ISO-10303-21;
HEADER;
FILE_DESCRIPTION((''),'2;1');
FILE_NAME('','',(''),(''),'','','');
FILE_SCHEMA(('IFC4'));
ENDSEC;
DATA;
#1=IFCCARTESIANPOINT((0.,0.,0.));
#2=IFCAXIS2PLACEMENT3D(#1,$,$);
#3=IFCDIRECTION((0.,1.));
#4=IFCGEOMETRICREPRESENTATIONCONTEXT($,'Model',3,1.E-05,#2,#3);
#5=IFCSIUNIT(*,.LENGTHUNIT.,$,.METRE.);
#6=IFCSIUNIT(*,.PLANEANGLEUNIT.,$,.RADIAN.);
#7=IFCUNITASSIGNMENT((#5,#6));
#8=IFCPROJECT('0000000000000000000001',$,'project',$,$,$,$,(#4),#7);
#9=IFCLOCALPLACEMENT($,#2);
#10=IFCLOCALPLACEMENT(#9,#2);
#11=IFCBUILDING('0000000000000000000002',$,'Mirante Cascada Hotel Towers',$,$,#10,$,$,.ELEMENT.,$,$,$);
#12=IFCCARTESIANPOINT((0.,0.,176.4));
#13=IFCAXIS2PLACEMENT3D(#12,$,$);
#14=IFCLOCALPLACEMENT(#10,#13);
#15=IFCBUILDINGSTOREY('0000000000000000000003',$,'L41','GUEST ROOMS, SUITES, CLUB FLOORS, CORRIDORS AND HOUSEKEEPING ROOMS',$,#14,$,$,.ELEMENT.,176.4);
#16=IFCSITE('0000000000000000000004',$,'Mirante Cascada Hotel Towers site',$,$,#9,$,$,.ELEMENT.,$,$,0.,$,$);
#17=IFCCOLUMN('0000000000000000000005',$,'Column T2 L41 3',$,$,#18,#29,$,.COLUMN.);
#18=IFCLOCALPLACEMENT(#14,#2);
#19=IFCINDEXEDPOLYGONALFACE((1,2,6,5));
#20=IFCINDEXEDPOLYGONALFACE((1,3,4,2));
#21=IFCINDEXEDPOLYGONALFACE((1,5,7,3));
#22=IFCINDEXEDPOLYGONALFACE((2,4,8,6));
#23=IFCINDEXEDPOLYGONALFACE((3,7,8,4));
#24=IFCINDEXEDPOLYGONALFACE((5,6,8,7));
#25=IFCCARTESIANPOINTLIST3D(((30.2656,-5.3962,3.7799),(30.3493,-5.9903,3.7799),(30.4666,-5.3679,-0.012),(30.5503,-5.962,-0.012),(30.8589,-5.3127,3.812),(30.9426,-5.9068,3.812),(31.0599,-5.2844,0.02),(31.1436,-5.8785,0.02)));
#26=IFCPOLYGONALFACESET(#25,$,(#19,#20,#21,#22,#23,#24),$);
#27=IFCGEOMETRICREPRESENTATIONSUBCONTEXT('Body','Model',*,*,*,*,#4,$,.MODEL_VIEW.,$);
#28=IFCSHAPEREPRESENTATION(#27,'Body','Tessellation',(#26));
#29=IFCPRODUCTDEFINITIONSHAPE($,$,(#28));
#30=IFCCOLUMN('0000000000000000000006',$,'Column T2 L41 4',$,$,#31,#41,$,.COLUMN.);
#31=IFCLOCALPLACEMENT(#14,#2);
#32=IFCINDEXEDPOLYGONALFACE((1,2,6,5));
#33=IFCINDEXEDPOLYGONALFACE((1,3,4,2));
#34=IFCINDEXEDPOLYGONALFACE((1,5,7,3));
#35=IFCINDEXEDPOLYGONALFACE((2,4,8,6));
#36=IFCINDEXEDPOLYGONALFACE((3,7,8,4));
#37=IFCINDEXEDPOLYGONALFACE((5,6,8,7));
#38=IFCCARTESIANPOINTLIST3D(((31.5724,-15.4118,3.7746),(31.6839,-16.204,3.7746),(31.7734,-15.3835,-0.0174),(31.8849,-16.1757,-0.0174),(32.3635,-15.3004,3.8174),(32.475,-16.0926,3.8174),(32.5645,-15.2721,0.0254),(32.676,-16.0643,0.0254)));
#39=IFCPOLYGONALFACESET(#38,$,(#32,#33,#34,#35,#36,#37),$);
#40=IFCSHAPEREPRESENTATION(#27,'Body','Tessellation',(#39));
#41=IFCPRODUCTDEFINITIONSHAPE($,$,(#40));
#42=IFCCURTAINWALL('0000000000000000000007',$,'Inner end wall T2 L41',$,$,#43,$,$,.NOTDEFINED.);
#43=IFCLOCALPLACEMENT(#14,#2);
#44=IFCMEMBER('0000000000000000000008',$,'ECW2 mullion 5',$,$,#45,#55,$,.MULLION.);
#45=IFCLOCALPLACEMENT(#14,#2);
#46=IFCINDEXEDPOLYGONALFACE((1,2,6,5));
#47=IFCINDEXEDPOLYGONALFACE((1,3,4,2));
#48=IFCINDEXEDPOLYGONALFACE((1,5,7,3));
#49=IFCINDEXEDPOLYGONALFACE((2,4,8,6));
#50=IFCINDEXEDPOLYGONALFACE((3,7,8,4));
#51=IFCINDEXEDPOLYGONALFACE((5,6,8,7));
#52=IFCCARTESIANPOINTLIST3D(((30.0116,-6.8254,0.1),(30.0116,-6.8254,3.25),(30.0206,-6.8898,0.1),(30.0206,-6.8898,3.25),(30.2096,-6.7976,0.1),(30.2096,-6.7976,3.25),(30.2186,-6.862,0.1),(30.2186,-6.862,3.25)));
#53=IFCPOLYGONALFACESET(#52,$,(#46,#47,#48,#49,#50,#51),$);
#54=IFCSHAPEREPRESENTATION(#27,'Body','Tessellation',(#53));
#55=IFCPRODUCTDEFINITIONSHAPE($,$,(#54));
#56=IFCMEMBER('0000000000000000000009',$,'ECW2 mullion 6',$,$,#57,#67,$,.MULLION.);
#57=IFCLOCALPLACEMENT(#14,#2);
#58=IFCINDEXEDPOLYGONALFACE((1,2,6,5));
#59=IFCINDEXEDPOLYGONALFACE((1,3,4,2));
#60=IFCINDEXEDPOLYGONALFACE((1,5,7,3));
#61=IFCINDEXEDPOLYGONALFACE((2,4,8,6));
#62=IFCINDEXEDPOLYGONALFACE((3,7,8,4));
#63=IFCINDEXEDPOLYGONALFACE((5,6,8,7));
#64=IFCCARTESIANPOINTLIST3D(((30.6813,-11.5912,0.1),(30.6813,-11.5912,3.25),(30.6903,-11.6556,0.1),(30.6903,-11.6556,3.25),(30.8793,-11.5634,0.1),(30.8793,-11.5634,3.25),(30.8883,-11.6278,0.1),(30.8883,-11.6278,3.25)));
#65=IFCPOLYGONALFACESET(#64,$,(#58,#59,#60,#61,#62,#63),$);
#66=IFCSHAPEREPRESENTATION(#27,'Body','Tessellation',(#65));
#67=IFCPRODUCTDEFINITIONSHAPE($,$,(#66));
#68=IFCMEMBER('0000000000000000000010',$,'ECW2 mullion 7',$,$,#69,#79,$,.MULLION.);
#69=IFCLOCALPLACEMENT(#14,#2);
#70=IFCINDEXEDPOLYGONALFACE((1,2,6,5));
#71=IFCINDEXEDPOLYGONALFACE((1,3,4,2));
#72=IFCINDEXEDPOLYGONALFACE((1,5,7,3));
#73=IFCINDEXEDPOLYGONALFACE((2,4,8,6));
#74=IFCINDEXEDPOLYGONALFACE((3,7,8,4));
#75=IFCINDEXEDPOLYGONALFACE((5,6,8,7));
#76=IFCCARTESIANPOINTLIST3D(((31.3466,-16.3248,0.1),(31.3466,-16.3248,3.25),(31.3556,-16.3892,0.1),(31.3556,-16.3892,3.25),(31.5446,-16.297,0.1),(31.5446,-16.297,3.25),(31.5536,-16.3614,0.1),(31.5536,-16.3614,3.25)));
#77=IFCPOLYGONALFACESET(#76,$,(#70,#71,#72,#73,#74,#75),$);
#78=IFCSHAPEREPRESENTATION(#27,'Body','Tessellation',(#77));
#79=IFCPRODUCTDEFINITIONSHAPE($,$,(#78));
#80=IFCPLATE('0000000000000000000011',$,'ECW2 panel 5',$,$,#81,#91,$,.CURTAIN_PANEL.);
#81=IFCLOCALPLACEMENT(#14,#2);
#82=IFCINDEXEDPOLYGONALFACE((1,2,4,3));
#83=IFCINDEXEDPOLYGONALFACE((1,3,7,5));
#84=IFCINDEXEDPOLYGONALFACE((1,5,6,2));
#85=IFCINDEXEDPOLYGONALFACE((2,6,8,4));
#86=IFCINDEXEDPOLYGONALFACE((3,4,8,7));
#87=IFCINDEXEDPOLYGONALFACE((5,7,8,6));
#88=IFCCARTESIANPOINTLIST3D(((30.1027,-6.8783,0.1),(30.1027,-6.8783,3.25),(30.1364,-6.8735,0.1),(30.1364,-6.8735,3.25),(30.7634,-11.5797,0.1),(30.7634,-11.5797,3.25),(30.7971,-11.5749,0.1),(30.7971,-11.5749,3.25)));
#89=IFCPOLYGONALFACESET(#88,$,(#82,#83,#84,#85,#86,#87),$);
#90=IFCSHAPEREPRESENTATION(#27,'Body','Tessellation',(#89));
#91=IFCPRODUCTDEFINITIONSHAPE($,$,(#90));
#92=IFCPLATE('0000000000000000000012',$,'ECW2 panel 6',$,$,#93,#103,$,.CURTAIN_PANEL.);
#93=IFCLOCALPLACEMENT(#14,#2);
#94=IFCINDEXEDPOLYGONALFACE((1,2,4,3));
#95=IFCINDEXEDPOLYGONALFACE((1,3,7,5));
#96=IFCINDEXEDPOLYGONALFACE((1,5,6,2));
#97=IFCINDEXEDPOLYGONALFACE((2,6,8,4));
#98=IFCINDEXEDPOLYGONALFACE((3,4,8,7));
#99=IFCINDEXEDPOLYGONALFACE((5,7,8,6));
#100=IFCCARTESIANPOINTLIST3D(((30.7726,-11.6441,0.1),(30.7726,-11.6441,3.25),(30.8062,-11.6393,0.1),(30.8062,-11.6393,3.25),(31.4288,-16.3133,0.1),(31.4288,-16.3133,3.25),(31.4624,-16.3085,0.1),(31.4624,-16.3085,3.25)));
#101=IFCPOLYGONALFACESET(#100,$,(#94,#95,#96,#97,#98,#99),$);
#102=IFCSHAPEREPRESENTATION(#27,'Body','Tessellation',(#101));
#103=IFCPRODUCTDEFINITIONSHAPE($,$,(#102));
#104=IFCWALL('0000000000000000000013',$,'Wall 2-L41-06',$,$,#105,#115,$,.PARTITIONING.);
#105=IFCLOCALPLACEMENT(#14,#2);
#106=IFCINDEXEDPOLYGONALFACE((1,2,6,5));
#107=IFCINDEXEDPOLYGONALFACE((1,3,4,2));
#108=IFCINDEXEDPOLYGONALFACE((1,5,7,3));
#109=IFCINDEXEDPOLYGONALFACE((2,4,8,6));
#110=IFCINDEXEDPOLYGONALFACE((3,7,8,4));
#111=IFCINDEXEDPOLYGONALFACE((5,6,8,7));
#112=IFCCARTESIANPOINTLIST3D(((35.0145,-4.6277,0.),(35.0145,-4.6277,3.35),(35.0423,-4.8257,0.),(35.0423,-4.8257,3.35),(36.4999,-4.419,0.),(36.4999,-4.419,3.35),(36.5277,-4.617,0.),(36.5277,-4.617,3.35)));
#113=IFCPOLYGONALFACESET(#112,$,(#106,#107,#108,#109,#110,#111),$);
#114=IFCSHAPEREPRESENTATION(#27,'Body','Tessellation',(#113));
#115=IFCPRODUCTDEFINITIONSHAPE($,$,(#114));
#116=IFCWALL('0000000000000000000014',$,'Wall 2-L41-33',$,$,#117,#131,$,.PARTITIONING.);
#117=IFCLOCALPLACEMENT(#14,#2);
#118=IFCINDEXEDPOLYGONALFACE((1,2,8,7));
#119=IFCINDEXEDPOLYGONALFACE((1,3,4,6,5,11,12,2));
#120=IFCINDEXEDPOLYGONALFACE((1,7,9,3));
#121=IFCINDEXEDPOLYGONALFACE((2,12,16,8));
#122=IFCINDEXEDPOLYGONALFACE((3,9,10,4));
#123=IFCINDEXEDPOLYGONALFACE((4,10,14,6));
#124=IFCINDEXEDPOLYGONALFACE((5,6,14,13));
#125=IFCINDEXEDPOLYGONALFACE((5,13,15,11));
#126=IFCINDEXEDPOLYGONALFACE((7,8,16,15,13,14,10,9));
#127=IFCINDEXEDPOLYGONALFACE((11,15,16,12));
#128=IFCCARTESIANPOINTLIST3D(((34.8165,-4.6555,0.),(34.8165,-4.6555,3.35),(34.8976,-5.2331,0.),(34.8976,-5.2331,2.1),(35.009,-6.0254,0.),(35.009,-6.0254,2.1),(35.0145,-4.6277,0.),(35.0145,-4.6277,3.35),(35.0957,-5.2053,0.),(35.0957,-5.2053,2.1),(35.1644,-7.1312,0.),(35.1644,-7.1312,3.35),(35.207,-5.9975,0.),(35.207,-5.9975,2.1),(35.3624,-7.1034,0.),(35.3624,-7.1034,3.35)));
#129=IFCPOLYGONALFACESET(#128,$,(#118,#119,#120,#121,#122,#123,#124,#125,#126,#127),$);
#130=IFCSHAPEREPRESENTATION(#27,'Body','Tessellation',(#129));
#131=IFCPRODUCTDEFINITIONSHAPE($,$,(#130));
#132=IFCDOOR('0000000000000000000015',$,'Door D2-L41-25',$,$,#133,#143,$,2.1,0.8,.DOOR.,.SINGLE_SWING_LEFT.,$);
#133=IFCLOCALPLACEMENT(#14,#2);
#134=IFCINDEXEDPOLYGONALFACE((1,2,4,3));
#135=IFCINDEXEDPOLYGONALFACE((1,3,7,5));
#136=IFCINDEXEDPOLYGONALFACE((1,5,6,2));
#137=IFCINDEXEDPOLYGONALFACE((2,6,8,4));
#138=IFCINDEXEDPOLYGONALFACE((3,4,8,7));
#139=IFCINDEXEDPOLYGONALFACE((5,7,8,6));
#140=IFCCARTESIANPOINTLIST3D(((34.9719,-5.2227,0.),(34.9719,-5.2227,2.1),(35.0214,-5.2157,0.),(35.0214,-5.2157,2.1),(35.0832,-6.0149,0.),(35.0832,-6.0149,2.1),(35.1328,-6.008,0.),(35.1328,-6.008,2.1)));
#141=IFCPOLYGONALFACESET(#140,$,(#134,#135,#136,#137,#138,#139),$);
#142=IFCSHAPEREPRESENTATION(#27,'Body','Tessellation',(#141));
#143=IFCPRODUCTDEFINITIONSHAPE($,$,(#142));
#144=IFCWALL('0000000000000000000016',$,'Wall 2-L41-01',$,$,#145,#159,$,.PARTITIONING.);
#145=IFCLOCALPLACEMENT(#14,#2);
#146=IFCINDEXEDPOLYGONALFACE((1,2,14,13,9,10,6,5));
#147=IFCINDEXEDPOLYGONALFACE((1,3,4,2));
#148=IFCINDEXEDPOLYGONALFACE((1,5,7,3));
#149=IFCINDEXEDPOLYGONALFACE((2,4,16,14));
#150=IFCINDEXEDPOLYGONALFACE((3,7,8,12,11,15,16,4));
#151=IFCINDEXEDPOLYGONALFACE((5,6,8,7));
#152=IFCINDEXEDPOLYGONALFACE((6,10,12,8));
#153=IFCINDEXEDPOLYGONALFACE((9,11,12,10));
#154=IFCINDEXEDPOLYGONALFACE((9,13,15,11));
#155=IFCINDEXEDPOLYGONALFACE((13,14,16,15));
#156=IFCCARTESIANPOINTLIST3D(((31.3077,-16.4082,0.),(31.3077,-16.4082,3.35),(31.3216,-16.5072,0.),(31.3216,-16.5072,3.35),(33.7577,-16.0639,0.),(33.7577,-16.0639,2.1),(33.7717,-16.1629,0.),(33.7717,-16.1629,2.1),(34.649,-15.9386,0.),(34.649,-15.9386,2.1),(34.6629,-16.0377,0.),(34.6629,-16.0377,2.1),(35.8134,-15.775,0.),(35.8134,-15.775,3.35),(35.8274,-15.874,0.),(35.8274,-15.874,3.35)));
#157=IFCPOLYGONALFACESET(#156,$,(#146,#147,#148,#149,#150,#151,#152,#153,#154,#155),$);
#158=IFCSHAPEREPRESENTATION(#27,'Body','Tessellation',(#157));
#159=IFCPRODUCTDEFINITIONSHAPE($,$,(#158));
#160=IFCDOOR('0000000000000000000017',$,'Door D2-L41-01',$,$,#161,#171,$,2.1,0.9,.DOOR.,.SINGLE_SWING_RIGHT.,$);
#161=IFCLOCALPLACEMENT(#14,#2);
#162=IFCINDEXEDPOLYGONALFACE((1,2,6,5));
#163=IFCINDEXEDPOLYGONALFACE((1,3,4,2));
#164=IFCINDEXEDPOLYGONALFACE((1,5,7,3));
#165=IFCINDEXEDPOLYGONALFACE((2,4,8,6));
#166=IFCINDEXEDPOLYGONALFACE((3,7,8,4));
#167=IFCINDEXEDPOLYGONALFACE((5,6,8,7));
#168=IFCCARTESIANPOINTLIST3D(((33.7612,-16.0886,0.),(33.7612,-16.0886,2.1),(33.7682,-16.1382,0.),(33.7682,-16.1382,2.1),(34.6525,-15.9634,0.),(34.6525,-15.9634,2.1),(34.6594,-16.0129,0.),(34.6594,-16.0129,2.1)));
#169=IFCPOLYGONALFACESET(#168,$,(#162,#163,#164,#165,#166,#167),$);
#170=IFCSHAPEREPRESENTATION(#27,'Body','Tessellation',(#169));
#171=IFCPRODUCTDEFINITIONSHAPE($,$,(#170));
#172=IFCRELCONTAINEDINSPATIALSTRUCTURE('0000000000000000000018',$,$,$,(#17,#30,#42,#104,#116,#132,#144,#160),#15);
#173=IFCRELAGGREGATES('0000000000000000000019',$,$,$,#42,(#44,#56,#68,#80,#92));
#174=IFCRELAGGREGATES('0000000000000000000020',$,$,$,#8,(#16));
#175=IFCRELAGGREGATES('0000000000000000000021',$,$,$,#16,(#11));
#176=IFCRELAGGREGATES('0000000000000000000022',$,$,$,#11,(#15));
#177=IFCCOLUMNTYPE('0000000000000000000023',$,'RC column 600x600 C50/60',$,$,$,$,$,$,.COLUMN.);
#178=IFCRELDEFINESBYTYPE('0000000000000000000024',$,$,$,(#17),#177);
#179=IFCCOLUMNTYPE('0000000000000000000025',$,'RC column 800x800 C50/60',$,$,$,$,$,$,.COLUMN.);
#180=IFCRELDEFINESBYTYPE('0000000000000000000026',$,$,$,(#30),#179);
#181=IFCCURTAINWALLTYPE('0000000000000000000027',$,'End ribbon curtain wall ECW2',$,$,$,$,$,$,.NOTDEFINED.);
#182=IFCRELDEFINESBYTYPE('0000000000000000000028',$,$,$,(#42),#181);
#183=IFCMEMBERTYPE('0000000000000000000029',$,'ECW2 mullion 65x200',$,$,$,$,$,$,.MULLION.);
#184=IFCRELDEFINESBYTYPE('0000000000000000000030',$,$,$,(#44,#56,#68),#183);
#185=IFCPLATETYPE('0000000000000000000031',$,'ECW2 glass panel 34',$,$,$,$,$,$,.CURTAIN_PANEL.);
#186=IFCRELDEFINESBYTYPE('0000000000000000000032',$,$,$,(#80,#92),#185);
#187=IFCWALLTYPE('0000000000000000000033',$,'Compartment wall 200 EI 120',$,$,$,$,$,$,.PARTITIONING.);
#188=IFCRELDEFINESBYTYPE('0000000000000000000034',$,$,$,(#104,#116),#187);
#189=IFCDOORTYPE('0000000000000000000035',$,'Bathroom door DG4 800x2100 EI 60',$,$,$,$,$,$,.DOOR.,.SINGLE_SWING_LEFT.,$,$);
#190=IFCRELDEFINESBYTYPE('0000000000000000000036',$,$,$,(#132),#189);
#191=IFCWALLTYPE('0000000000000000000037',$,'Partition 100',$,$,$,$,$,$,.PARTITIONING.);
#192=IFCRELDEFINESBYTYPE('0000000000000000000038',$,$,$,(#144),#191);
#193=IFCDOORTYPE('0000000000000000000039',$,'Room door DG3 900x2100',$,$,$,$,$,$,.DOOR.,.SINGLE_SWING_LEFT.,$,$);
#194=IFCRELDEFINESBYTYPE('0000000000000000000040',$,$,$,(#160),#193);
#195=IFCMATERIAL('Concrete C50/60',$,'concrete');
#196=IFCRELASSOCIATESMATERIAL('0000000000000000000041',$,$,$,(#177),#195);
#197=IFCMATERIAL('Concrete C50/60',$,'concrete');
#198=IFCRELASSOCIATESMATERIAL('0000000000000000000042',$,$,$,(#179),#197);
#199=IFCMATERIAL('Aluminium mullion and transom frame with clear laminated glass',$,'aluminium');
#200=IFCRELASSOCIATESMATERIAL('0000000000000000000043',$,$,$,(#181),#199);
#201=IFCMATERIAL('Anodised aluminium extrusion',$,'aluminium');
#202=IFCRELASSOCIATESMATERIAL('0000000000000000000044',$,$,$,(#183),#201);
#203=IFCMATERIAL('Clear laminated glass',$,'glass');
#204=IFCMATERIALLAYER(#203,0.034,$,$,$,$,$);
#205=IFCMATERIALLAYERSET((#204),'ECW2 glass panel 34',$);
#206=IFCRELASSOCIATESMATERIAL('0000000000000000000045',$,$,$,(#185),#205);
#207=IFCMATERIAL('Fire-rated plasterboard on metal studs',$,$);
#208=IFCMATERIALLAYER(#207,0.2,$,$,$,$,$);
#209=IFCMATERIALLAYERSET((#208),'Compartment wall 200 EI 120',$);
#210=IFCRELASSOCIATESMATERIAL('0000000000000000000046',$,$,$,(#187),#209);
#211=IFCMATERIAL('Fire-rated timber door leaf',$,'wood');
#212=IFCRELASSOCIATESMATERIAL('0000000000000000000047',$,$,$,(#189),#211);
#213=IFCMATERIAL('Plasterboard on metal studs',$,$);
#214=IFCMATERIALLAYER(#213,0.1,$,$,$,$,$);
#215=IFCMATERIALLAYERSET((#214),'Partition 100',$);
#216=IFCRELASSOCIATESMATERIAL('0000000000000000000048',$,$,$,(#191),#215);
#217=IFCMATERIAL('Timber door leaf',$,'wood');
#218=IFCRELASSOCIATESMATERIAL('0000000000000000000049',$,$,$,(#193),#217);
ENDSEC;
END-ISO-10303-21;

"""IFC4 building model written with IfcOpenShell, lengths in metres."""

from ifc_helpers import new_model, si_unit, direction, frame, frame_2d, origin, origin_2d, place, context, subcontext, project, spatial, rectangle, extrude, material, layer, layer_set, material_profile, profile_set, type_object, element, fill, aggregate, save


model = new_model("IFC4")

# Units and contexts
model_context = context("Model", 3, precision=1e-05, world=origin(), true_north=direction((0.0, 1.0)))
body_context = subcontext(model_context, "Body", "Model", "MODEL_VIEW")
ifc_project = project(units=[si_unit("LENGTHUNIT", "METRE"), si_unit("PLANEANGLEUNIT", "RADIAN")], contexts=[model_context])

# Site, building, storey
site_placement = place(None, origin())
site = spatial("IfcSite", under=ifc_project, at=site_placement, Name="Mirante Cascada Hotel Towers site", CompositionType="ELEMENT", RefElevation=0.0)
building_placement = place(site_placement, origin())
building = spatial("IfcBuilding", under=site, at=building_placement, Name="Mirante Cascada Hotel Towers", CompositionType="ELEMENT")
storey_placement = place(building_placement, frame((0.0, 0.0, 176.4)))
storey = spatial("IfcBuildingStorey", under=building, at=storey_placement, Name="L41", Description="GUEST ROOMS, SUITES, CLUB FLOORS, CORRIDORS AND HOUSEKEEPING ROOMS", CompositionType="ELEMENT", Elevation=176.4)

# Columns
ifc_material_1 = material(Name="Concrete C50/60", Category="concrete")
ifc_material_profile_1 = material_profile(ifc_material_1, rectangle(XDim=0.6, YDim=0.6, at=origin_2d()), Name="RC column 600x600 C50/60")
ifc_profile_set_1 = profile_set([ifc_material_profile_1], Name="Concrete C50/60")
column_type_1 = type_object("IfcColumnType", Name="RC column 600x600 C50/60", PredefinedType="COLUMN", material=ifc_profile_set_1)
column_1_placement = place(storey_placement, frame((30.8051, -5.6232, 0.004), z_axis=(-0.052931, -0.007452, 0.99857), x_axis=(0.139421, -0.990233, 0.0)))
element("IfcColumn", 1, at=column_1_placement, inside=storey, type_object=column_type_1, Name="Column T2 L41 3", PredefinedType="COLUMN", context=body_context, shape_type="SweptSolid", body=[
    extrude(rectangle(XDim=0.6, YDim=0.6, at=origin_2d()), origin(), (0.0, 0.0, 1.0), 3.7974),
])
ifc_material_2 = material(Name="Concrete C50/60", Category="concrete")
ifc_material_profile_2 = material_profile(ifc_material_2, rectangle(XDim=0.8, YDim=0.8, at=origin_2d()), Name="RC column 800x800 C50/60")
ifc_profile_set_2 = profile_set([ifc_material_profile_2], Name="Concrete C50/60")
column_type_2 = type_object("IfcColumnType", Name="RC column 800x800 C50/60", PredefinedType="COLUMN", material=ifc_profile_set_2)
column_2_placement = place(storey_placement, frame((32.2247, -15.7239, 0.004), z_axis=(-0.052931, -0.007452, 0.99857), x_axis=(0.139421, -0.990233, 0.0)))
element("IfcColumn", 2, at=column_2_placement, inside=storey, type_object=column_type_2, Name="Column T2 L41 4", PredefinedType="COLUMN", context=body_context, shape_type="SweptSolid", body=[
    extrude(rectangle(XDim=0.8, YDim=0.8, at=origin_2d()), origin(), (0.0, 0.0, 1.0), 3.7974),
])

# Curtain wall, members, plates
ifc_material_3 = material(Name="Aluminium mullion and transom frame with clear laminated glass", Category="aluminium")
curtain_wall_type = type_object("IfcCurtainWallType", Name="End ribbon curtain wall ECW2", PredefinedType="NOTDEFINED", material=ifc_material_3)
curtain_wall_placement = place(storey_placement, origin())
curtain_wall = element("IfcCurtainWall", 3, at=curtain_wall_placement, inside=storey, type_object=curtain_wall_type, Name="Inner end wall T2 L41", PredefinedType="NOTDEFINED")
ifc_material_4 = material(Name="Anodised aluminium extrusion", Category="aluminium")
ifc_material_profile_3 = material_profile(ifc_material_4, rectangle(XDim=0.2, YDim=0.065, at=origin_2d()), Name="ECW2 MULLION 65x200")
ifc_profile_set_3 = profile_set([ifc_material_profile_3], Name="Anodised aluminium extrusion")
member_type = type_object("IfcMemberType", Name="ECW2 mullion 65x200", PredefinedType="MULLION", material=ifc_profile_set_3)
member_1_placement = place(storey_placement, frame((30.1151, -6.8437, 0.1), z_axis=(0.0, 0.0, 1.0), x_axis=(0.990268, 0.139173, 0.0)))
member_1 = element("IfcMember", 4, at=member_1_placement, type_object=member_type, Name="ECW2 mullion 5", PredefinedType="MULLION", context=body_context, shape_type="SweptSolid", body=[
    extrude(rectangle(XDim=0.2, YDim=0.065, at=origin_2d()), origin(), (0.0, 0.0, 1.0), 3.15),
])
member_2_placement = place(storey_placement, frame((30.7848, -11.6095, 0.1), z_axis=(0.0, 0.0, 1.0), x_axis=(0.990268, 0.139173, 0.0)))
member_2 = element("IfcMember", 5, at=member_2_placement, type_object=member_type, Name="ECW2 mullion 6", PredefinedType="MULLION", context=body_context, shape_type="SweptSolid", body=[
    extrude(rectangle(XDim=0.2, YDim=0.065, at=origin_2d()), origin(), (0.0, 0.0, 1.0), 3.15),
])
member_3_placement = place(storey_placement, frame((31.4501, -16.3431, 0.1), z_axis=(0.0, 0.0, 1.0), x_axis=(0.990268, 0.139173, 0.0)))
member_3 = element("IfcMember", 6, at=member_3_placement, type_object=member_type, Name="ECW2 mullion 7", PredefinedType="MULLION", context=body_context, shape_type="SweptSolid", body=[
    extrude(rectangle(XDim=0.2, YDim=0.065, at=origin_2d()), origin(), (0.0, 0.0, 1.0), 3.15),
])
ifc_material_5 = material(Name="Clear laminated glass", Category="glass")
ifc_layer_1 = layer(ifc_material_5, 0.034)
ifc_layer_set_1 = layer_set([ifc_layer_1], Name="ECW2 glass panel 34")
plate_type = type_object("IfcPlateType", Name="ECW2 glass panel 34", PredefinedType="CURTAIN_PANEL", material=ifc_layer_set_1)
plate_1_placement = place(storey_placement, frame((30.4499, -9.2266, 0.1), z_axis=(0.0, 0.0, 1.0), x_axis=(0.139173, -0.990268, 0.0)))
plate_1 = element("IfcPlate", 7, at=plate_1_placement, type_object=plate_type, Name="ECW2 panel 5", PredefinedType="CURTAIN_PANEL", context=body_context, shape_type="SweptSolid", body=[
    extrude(rectangle(XDim=4.7476, YDim=0.034, at=origin_2d()), origin(), (0.0, 0.0, 1.0), 3.15),
])
plate_2_placement = place(storey_placement, frame((31.1175, -13.9763, 0.1), z_axis=(0.0, 0.0, 1.0), x_axis=(0.139173, -0.990268, 0.0)))
plate_2 = element("IfcPlate", 8, at=plate_2_placement, type_object=plate_type, Name="ECW2 panel 6", PredefinedType="CURTAIN_PANEL", context=body_context, shape_type="SweptSolid", body=[
    extrude(rectangle(XDim=4.7151, YDim=0.034, at=origin_2d()), origin(), (0.0, 0.0, 1.0), 3.15),
])
aggregate(curtain_wall, [member_1, member_2, member_3, plate_1, plate_2])

# Wall
ifc_material_6 = material(Name="Fire-rated plasterboard on metal studs")
ifc_layer_2 = layer(ifc_material_6, 0.2)
ifc_layer_set_2 = layer_set([ifc_layer_2], Name="Compartment wall 200 EI 120")
wall_type_1 = type_object("IfcWallType", Name="Compartment wall 200 EI 120", PredefinedType="PARTITIONING", material=ifc_layer_set_2)
wall_1_placement = place(storey_placement, frame((35.0284, -4.7267, 0.0), z_axis=(0.0, 0.0, 1.0), x_axis=(0.990274, 0.139134, 0.0)))
element("IfcWall", 9, at=wall_1_placement, inside=storey, type_object=wall_type_1, Name="Wall 2-L41-06", PredefinedType="PARTITIONING", context=body_context, shape_type="SweptSolid", body=[
    extrude(rectangle(XDim=1.5, YDim=0.2, at=frame_2d((0.75, 0.0))), origin(), (0.0, 0.0, 1.0), 3.35),
])

# Walls, openings, doors
wall_2_placement = place(storey_placement, frame((34.9155, -4.6416, 0.0), z_axis=(0.0, 0.0, 1.0), x_axis=(0.139159, -0.99027, 0.0)))
wall_2 = element("IfcWall", 10, at=wall_2_placement, inside=storey, type_object=wall_type_1, Name="Wall 2-L41-33", PredefinedType="PARTITIONING", context=body_context, shape_type="SweptSolid", body=[
    extrude(rectangle(XDim=2.5, YDim=0.2, at=frame_2d((1.25, 0.0))), origin(), (0.0, 0.0, 1.0), 3.35),
])
opening_1_placement = place(wall_2_placement, frame((0.5833, 0.0, 0.0)))
opening_1 = element("IfcOpeningElement", 11, at=opening_1_placement, cuts=wall_2, PredefinedType="OPENING", context=body_context, shape_type="SweptSolid", body=[
    extrude(rectangle(XDim=0.8, YDim=2.1, at=frame_2d((0.4, 1.05))), frame((0.0, 0.1, 0.0), z_axis=(0.0, -1.0, 0.0), x_axis=(1.0, 0.0, 0.0)), (0.0, 0.0, 1.0), 0.2),
])
ifc_material_7 = material(Name="Fire-rated timber door leaf", Category="wood")
door_type_1 = type_object("IfcDoorType", Name="Bathroom door DG4 800x2100 EI 60", OperationType="SINGLE_SWING_LEFT", PredefinedType="DOOR", material=ifc_material_7)
door_1_placement = place(opening_1_placement, origin())
door_1 = element("IfcDoor", 12, at=door_1_placement, inside=storey, type_object=door_type_1, Name="Door D2-L41-25", OperationType="SINGLE_SWING_LEFT", OverallHeight=2.1, OverallWidth=0.8, PredefinedType="DOOR", context=body_context, shape_type="SweptSolid", body=[
    extrude(rectangle(XDim=0.8, YDim=2.1, at=frame_2d((0.4, 1.05))), frame((0.0, 0.025, 0.0), z_axis=(0.0, -1.0, 0.0), x_axis=(1.0, 0.0, 0.0)), (0.0, 0.0, 1.0), 0.05),
])
fill(opening_1, door_1)
ifc_material_8 = material(Name="Plasterboard on metal studs")
ifc_layer_3 = layer(ifc_material_8, 0.1)
ifc_layer_set_3 = layer_set([ifc_layer_3], Name="Partition 100")
wall_type_2 = type_object("IfcWallType", Name="Partition 100", PredefinedType="PARTITIONING", material=ifc_layer_set_3)
wall_3_placement = place(storey_placement, frame((35.8204, -15.8245, 0.0), z_axis=(0.0, 0.0, 1.0), x_axis=(-0.990269, -0.139166, 0.0)))
wall_3 = element("IfcWall", 13, at=wall_3_placement, inside=storey, type_object=wall_type_2, Name="Wall 2-L41-01", PredefinedType="PARTITIONING", context=body_context, shape_type="SweptSolid", body=[
    extrude(rectangle(XDim=4.55, YDim=0.1, at=frame_2d((2.275, 0.0))), origin(), (0.0, 0.0, 1.0), 3.35),
])
opening_2_placement = place(wall_3_placement, frame((1.1759, 0.0, 0.0)))
opening_2 = element("IfcOpeningElement", 14, at=opening_2_placement, cuts=wall_3, PredefinedType="OPENING", context=body_context, shape_type="SweptSolid", body=[
    extrude(rectangle(XDim=0.9, YDim=2.1, at=frame_2d((0.45, 1.05))), frame((0.0, 0.05, 0.0), z_axis=(0.0, -1.0, 0.0), x_axis=(1.0, 0.0, 0.0)), (0.0, 0.0, 1.0), 0.1),
])
ifc_material_9 = material(Name="Timber door leaf", Category="wood")
door_type_2 = type_object("IfcDoorType", Name="Room door DG3 900x2100", OperationType="SINGLE_SWING_LEFT", PredefinedType="DOOR", material=ifc_material_9)
door_2_placement = place(opening_2_placement, frame((0.9, 0.0, 0.0), z_axis=(0.0, 0.0, 1.0), x_axis=(-1.0, 0.0, 0.0)))
door_2 = element("IfcDoor", 15, at=door_2_placement, inside=storey, type_object=door_type_2, Name="Door D2-L41-01", OperationType="SINGLE_SWING_RIGHT", OverallHeight=2.1, OverallWidth=0.9, PredefinedType="DOOR", context=body_context, shape_type="SweptSolid", body=[
    extrude(rectangle(XDim=0.9, YDim=2.1, at=frame_2d((0.45, 1.05))), frame((0.0, 0.025, 0.0), z_axis=(0.0, -1.0, 0.0), x_axis=(1.0, 0.0, 0.0)), (0.0, 0.0, 1.0), 0.05),
])
fill(opening_2, door_2)

save(model, "model.ifc")
